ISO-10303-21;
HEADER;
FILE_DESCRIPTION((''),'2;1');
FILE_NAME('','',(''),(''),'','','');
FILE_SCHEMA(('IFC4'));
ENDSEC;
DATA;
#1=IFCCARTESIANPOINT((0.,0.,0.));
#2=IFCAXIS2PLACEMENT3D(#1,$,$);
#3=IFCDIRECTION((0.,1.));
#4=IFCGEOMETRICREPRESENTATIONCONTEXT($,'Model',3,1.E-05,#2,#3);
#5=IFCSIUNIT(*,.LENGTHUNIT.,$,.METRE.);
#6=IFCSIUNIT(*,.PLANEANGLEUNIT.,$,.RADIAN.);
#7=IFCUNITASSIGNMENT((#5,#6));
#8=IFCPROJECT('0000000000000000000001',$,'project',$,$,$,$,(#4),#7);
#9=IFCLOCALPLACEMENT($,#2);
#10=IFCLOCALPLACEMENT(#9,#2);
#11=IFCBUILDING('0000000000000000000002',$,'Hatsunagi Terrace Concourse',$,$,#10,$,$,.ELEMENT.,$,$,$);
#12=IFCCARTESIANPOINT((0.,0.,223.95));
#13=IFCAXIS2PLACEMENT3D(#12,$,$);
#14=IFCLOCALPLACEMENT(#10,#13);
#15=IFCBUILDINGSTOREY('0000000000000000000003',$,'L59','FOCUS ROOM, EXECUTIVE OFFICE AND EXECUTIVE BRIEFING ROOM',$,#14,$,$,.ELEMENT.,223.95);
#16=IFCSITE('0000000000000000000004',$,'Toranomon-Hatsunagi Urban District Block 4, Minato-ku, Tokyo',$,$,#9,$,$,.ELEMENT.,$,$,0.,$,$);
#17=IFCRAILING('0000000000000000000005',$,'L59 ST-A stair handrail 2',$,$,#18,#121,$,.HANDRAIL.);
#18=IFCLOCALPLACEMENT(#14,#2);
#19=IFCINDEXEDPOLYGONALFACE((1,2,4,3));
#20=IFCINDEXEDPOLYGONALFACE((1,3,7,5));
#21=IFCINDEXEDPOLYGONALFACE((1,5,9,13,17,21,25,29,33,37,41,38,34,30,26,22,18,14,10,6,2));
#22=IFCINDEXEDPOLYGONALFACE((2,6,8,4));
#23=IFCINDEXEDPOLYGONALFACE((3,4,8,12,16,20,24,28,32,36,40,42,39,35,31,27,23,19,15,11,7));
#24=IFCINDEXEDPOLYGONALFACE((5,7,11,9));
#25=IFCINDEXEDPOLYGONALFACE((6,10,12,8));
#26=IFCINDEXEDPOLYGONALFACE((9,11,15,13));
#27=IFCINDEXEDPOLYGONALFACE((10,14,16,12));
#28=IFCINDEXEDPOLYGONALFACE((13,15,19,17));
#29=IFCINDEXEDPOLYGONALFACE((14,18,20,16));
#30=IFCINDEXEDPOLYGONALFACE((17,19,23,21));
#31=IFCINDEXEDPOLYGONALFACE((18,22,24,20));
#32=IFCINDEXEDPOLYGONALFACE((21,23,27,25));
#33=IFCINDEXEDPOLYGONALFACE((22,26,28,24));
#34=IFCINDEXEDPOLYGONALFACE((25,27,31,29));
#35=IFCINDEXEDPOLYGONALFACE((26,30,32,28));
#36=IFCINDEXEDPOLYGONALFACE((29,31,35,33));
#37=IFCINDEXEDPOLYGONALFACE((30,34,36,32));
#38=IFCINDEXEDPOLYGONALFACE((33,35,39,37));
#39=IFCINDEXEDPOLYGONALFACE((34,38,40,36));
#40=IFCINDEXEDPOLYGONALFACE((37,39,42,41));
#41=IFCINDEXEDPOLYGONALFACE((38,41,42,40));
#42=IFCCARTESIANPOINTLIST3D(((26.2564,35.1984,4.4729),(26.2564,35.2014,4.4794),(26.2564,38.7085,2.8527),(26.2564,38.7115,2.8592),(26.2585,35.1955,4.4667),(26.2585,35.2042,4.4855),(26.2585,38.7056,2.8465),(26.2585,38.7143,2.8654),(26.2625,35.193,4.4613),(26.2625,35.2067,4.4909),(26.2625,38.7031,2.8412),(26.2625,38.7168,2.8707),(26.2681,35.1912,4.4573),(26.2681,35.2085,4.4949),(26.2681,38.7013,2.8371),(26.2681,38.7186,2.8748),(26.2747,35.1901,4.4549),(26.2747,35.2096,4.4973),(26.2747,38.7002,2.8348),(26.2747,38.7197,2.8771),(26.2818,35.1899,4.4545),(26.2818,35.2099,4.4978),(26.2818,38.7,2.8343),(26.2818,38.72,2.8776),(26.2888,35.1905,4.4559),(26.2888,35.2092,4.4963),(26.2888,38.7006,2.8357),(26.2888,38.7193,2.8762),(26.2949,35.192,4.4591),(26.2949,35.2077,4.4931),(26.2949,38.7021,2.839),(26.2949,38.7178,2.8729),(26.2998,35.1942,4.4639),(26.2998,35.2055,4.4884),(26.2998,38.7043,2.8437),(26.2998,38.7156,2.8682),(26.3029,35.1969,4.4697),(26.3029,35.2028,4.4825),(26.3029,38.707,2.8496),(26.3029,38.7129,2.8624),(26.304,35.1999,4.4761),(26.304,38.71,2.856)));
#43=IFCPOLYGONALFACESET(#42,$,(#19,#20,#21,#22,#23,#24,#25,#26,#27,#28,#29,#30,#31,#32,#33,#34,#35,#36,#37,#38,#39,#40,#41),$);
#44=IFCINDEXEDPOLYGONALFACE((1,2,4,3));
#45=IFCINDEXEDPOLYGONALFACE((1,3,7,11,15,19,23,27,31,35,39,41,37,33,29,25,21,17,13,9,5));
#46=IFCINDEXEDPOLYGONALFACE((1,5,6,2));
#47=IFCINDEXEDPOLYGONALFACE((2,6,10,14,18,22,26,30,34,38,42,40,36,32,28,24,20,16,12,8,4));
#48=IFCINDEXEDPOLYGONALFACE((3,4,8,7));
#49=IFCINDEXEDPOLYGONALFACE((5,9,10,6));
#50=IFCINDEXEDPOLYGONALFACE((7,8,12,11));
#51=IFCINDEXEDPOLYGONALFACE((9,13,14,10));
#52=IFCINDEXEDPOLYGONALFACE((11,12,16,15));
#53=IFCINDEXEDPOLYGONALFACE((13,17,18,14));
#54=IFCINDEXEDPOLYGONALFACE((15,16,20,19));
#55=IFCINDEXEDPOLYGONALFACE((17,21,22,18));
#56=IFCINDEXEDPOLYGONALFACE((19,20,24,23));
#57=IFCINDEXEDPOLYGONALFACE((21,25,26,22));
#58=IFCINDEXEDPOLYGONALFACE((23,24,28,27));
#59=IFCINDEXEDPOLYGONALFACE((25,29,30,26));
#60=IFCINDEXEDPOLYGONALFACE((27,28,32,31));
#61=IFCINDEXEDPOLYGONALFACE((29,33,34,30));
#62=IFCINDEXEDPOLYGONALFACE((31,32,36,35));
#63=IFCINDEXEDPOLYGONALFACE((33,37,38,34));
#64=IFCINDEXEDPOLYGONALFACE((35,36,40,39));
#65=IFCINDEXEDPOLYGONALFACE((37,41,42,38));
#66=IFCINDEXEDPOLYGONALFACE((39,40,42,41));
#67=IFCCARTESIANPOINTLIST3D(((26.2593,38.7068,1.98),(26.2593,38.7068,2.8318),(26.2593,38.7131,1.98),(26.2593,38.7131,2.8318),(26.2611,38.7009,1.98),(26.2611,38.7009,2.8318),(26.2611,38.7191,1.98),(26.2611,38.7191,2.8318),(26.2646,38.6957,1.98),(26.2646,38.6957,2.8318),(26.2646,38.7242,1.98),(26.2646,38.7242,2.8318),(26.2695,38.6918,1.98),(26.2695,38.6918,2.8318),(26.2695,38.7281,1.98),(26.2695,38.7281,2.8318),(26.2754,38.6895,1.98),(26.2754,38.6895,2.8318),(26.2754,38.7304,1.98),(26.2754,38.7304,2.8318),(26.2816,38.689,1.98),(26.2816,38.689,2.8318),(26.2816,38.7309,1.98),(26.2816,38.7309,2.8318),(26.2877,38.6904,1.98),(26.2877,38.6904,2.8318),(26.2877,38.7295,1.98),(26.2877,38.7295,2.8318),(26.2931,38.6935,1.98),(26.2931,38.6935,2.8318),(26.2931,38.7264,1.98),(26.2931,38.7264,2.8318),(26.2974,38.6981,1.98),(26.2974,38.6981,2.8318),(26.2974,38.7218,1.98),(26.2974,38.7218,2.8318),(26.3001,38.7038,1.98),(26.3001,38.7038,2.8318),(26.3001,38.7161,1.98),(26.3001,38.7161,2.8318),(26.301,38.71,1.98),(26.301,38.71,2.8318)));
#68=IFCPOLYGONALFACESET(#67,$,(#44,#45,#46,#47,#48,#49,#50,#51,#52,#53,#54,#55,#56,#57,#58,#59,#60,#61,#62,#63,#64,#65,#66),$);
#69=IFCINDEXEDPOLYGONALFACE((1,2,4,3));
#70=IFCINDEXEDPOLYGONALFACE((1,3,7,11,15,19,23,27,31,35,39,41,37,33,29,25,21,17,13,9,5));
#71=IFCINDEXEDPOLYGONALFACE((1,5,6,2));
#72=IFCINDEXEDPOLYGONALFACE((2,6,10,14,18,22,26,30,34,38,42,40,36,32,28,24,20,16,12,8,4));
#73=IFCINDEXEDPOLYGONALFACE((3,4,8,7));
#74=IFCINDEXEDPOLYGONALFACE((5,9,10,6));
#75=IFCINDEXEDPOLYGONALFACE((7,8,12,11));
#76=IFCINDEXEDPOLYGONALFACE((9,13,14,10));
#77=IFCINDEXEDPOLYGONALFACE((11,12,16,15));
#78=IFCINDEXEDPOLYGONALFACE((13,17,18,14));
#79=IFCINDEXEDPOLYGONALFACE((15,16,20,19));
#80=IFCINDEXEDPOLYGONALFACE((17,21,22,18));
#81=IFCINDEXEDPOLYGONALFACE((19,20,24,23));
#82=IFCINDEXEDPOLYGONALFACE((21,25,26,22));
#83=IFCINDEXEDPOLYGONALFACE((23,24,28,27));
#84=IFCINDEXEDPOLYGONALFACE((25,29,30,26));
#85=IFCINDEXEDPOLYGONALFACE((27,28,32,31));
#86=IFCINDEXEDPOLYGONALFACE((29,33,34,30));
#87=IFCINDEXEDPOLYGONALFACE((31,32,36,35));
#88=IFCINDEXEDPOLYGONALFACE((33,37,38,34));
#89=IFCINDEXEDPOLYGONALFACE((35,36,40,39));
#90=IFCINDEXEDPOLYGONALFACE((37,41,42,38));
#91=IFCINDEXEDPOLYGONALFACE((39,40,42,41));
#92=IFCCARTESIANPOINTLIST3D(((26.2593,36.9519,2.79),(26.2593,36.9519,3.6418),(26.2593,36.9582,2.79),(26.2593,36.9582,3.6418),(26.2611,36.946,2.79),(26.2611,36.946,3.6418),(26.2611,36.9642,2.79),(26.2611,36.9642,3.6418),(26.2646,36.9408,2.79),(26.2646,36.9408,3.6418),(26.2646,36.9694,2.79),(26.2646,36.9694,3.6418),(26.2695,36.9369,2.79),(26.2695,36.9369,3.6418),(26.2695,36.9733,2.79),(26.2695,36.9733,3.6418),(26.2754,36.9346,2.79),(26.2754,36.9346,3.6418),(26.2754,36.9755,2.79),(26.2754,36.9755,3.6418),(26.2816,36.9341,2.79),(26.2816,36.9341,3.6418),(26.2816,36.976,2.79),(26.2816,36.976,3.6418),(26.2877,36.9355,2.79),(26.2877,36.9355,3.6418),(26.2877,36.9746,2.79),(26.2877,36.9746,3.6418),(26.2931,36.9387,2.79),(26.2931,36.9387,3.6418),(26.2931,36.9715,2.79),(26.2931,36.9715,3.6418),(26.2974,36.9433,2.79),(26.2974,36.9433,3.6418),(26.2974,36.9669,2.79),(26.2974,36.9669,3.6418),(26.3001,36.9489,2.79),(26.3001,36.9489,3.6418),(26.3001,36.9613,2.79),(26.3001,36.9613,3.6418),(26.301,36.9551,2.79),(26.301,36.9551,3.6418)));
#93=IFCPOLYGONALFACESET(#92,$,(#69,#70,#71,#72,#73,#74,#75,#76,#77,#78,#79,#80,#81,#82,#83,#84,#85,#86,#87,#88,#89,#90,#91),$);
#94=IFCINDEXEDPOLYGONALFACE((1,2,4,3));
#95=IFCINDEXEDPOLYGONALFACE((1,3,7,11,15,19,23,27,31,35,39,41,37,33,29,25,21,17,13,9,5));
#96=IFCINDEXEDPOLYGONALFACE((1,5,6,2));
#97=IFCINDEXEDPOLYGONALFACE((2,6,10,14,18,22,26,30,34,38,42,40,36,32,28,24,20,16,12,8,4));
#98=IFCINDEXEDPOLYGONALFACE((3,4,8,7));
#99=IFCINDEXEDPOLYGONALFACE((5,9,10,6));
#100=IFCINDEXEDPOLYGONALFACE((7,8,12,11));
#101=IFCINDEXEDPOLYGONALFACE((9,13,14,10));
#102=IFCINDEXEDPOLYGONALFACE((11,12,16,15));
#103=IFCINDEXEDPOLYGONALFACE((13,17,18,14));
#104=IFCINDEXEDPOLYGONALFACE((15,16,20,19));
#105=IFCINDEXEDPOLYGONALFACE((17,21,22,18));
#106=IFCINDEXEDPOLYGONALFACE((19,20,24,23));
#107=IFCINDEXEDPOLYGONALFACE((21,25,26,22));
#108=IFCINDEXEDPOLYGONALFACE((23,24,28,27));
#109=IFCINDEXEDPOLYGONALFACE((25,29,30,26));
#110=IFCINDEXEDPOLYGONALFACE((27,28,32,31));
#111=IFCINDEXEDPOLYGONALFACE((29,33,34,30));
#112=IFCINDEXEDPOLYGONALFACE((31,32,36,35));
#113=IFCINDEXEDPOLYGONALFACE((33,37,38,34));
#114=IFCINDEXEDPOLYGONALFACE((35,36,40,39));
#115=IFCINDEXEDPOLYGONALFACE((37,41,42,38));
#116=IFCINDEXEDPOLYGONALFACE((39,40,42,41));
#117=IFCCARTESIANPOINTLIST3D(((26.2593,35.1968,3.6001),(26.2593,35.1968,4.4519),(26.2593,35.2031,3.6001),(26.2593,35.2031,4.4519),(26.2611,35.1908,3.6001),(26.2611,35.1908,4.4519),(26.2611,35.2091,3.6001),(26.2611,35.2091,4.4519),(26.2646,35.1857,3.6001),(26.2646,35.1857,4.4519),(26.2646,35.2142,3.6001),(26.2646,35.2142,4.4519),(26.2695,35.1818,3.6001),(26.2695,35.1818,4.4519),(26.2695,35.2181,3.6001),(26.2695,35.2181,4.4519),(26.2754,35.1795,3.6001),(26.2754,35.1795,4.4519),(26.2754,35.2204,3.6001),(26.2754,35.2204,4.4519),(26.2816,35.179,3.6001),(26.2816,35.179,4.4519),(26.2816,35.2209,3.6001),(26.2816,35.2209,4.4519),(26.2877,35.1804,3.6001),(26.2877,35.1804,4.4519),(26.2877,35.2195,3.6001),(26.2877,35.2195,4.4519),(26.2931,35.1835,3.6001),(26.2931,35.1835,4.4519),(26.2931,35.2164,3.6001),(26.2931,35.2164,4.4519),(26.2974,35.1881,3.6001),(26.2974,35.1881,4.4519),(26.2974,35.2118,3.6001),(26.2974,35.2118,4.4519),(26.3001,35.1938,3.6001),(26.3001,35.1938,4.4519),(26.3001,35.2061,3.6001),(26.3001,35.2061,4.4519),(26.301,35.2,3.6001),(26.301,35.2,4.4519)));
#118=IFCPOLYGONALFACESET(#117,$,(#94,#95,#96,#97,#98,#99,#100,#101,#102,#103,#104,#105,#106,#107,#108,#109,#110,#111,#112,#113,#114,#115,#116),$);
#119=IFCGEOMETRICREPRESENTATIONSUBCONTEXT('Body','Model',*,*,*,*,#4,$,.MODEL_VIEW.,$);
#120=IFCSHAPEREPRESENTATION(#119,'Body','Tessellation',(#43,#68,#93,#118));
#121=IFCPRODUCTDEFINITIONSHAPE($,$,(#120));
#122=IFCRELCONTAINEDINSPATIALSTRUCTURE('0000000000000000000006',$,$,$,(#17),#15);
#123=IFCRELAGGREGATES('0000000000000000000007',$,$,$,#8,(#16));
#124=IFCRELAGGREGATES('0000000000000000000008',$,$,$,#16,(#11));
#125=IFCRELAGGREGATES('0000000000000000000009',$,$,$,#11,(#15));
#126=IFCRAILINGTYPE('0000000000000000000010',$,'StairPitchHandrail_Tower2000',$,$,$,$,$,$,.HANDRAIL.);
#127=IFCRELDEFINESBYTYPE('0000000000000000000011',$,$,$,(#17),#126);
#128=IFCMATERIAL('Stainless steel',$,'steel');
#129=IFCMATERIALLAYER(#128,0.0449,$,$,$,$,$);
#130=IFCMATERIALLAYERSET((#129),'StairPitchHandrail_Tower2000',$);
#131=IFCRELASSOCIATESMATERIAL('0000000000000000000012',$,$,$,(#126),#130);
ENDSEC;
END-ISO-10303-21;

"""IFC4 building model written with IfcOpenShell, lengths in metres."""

from ifc_helpers import new_model, si_unit, direction, frame, origin, origin_2d, place, context, subcontext, project, spatial, circle, extrude, material, layer, layer_set, type_object, element, save


model = new_model("IFC4")

# Units and contexts
model_context = context("Model", 3, precision=1e-05, world=origin(), true_north=direction((0.0, 1.0)))
body_context = subcontext(model_context, "Body", "Model", "MODEL_VIEW")
ifc_project = project(units=[si_unit("LENGTHUNIT", "METRE"), si_unit("PLANEANGLEUNIT", "RADIAN")], contexts=[model_context])

# Site, building, storey
site_placement = place(None, origin())
site = spatial("IfcSite", under=ifc_project, at=site_placement, Name="Toranomon-Hatsunagi Urban District Block 4, Minato-ku, Tokyo", CompositionType="ELEMENT", RefElevation=0.0)
building_placement = place(site_placement, origin())
building = spatial("IfcBuilding", under=site, at=building_placement, Name="Hatsunagi Terrace Concourse", CompositionType="ELEMENT")
storey_placement = place(building_placement, frame((0.0, 0.0, 223.95)))
storey = spatial("IfcBuildingStorey", under=building, at=storey_placement, Name="L59", Description="FOCUS ROOM, EXECUTIVE OFFICE AND EXECUTIVE BRIEFING ROOM", CompositionType="ELEMENT", Elevation=223.95)

# Railing
ifc_material_1 = material(Name="Stainless steel", Category="steel")
ifc_layer_1 = layer(ifc_material_1, 0.0449)
ifc_layer_set_1 = layer_set([ifc_layer_1], Name="StairPitchHandrail_Tower2000")
railing_type_1 = type_object("IfcRailingType", Name="StairPitchHandrail_Tower2000", PredefinedType="HANDRAIL", material=ifc_layer_set_1)
railing_1_placement = place(storey_placement, frame((26.28, 38.71, 1.98)))
element("IfcRailing", 1, at=railing_1_placement, inside=storey, type_object=railing_type_1, Name="L59 ST-A stair handrail 2", PredefinedType="HANDRAIL", context=body_context, shape_type="SweptSolid", body=[
    extrude(circle(Radius=0.0239, at=origin_2d()), frame((0.0, 0.0, 0.876), z_axis=(0.0, -0.907948, 0.419082), x_axis=(1.0, 0.0, 0.0)), (0.0, 0.0, 1.0), 3.866),
    extrude(circle(Radius=0.021, at=origin_2d()), origin(), (0.0, 0.0, 1.0), 0.8518),
    extrude(circle(Radius=0.021, at=origin_2d()), frame((0.0, -1.7549, 0.8101)), (0.0, 0.0, 1.0), 0.8518),
    extrude(circle(Radius=0.021, at=origin_2d()), frame((0.0, -3.51, 1.6201)), (0.0, 0.0, 1.0), 0.8518),
])

save(model, "model.ifc")
